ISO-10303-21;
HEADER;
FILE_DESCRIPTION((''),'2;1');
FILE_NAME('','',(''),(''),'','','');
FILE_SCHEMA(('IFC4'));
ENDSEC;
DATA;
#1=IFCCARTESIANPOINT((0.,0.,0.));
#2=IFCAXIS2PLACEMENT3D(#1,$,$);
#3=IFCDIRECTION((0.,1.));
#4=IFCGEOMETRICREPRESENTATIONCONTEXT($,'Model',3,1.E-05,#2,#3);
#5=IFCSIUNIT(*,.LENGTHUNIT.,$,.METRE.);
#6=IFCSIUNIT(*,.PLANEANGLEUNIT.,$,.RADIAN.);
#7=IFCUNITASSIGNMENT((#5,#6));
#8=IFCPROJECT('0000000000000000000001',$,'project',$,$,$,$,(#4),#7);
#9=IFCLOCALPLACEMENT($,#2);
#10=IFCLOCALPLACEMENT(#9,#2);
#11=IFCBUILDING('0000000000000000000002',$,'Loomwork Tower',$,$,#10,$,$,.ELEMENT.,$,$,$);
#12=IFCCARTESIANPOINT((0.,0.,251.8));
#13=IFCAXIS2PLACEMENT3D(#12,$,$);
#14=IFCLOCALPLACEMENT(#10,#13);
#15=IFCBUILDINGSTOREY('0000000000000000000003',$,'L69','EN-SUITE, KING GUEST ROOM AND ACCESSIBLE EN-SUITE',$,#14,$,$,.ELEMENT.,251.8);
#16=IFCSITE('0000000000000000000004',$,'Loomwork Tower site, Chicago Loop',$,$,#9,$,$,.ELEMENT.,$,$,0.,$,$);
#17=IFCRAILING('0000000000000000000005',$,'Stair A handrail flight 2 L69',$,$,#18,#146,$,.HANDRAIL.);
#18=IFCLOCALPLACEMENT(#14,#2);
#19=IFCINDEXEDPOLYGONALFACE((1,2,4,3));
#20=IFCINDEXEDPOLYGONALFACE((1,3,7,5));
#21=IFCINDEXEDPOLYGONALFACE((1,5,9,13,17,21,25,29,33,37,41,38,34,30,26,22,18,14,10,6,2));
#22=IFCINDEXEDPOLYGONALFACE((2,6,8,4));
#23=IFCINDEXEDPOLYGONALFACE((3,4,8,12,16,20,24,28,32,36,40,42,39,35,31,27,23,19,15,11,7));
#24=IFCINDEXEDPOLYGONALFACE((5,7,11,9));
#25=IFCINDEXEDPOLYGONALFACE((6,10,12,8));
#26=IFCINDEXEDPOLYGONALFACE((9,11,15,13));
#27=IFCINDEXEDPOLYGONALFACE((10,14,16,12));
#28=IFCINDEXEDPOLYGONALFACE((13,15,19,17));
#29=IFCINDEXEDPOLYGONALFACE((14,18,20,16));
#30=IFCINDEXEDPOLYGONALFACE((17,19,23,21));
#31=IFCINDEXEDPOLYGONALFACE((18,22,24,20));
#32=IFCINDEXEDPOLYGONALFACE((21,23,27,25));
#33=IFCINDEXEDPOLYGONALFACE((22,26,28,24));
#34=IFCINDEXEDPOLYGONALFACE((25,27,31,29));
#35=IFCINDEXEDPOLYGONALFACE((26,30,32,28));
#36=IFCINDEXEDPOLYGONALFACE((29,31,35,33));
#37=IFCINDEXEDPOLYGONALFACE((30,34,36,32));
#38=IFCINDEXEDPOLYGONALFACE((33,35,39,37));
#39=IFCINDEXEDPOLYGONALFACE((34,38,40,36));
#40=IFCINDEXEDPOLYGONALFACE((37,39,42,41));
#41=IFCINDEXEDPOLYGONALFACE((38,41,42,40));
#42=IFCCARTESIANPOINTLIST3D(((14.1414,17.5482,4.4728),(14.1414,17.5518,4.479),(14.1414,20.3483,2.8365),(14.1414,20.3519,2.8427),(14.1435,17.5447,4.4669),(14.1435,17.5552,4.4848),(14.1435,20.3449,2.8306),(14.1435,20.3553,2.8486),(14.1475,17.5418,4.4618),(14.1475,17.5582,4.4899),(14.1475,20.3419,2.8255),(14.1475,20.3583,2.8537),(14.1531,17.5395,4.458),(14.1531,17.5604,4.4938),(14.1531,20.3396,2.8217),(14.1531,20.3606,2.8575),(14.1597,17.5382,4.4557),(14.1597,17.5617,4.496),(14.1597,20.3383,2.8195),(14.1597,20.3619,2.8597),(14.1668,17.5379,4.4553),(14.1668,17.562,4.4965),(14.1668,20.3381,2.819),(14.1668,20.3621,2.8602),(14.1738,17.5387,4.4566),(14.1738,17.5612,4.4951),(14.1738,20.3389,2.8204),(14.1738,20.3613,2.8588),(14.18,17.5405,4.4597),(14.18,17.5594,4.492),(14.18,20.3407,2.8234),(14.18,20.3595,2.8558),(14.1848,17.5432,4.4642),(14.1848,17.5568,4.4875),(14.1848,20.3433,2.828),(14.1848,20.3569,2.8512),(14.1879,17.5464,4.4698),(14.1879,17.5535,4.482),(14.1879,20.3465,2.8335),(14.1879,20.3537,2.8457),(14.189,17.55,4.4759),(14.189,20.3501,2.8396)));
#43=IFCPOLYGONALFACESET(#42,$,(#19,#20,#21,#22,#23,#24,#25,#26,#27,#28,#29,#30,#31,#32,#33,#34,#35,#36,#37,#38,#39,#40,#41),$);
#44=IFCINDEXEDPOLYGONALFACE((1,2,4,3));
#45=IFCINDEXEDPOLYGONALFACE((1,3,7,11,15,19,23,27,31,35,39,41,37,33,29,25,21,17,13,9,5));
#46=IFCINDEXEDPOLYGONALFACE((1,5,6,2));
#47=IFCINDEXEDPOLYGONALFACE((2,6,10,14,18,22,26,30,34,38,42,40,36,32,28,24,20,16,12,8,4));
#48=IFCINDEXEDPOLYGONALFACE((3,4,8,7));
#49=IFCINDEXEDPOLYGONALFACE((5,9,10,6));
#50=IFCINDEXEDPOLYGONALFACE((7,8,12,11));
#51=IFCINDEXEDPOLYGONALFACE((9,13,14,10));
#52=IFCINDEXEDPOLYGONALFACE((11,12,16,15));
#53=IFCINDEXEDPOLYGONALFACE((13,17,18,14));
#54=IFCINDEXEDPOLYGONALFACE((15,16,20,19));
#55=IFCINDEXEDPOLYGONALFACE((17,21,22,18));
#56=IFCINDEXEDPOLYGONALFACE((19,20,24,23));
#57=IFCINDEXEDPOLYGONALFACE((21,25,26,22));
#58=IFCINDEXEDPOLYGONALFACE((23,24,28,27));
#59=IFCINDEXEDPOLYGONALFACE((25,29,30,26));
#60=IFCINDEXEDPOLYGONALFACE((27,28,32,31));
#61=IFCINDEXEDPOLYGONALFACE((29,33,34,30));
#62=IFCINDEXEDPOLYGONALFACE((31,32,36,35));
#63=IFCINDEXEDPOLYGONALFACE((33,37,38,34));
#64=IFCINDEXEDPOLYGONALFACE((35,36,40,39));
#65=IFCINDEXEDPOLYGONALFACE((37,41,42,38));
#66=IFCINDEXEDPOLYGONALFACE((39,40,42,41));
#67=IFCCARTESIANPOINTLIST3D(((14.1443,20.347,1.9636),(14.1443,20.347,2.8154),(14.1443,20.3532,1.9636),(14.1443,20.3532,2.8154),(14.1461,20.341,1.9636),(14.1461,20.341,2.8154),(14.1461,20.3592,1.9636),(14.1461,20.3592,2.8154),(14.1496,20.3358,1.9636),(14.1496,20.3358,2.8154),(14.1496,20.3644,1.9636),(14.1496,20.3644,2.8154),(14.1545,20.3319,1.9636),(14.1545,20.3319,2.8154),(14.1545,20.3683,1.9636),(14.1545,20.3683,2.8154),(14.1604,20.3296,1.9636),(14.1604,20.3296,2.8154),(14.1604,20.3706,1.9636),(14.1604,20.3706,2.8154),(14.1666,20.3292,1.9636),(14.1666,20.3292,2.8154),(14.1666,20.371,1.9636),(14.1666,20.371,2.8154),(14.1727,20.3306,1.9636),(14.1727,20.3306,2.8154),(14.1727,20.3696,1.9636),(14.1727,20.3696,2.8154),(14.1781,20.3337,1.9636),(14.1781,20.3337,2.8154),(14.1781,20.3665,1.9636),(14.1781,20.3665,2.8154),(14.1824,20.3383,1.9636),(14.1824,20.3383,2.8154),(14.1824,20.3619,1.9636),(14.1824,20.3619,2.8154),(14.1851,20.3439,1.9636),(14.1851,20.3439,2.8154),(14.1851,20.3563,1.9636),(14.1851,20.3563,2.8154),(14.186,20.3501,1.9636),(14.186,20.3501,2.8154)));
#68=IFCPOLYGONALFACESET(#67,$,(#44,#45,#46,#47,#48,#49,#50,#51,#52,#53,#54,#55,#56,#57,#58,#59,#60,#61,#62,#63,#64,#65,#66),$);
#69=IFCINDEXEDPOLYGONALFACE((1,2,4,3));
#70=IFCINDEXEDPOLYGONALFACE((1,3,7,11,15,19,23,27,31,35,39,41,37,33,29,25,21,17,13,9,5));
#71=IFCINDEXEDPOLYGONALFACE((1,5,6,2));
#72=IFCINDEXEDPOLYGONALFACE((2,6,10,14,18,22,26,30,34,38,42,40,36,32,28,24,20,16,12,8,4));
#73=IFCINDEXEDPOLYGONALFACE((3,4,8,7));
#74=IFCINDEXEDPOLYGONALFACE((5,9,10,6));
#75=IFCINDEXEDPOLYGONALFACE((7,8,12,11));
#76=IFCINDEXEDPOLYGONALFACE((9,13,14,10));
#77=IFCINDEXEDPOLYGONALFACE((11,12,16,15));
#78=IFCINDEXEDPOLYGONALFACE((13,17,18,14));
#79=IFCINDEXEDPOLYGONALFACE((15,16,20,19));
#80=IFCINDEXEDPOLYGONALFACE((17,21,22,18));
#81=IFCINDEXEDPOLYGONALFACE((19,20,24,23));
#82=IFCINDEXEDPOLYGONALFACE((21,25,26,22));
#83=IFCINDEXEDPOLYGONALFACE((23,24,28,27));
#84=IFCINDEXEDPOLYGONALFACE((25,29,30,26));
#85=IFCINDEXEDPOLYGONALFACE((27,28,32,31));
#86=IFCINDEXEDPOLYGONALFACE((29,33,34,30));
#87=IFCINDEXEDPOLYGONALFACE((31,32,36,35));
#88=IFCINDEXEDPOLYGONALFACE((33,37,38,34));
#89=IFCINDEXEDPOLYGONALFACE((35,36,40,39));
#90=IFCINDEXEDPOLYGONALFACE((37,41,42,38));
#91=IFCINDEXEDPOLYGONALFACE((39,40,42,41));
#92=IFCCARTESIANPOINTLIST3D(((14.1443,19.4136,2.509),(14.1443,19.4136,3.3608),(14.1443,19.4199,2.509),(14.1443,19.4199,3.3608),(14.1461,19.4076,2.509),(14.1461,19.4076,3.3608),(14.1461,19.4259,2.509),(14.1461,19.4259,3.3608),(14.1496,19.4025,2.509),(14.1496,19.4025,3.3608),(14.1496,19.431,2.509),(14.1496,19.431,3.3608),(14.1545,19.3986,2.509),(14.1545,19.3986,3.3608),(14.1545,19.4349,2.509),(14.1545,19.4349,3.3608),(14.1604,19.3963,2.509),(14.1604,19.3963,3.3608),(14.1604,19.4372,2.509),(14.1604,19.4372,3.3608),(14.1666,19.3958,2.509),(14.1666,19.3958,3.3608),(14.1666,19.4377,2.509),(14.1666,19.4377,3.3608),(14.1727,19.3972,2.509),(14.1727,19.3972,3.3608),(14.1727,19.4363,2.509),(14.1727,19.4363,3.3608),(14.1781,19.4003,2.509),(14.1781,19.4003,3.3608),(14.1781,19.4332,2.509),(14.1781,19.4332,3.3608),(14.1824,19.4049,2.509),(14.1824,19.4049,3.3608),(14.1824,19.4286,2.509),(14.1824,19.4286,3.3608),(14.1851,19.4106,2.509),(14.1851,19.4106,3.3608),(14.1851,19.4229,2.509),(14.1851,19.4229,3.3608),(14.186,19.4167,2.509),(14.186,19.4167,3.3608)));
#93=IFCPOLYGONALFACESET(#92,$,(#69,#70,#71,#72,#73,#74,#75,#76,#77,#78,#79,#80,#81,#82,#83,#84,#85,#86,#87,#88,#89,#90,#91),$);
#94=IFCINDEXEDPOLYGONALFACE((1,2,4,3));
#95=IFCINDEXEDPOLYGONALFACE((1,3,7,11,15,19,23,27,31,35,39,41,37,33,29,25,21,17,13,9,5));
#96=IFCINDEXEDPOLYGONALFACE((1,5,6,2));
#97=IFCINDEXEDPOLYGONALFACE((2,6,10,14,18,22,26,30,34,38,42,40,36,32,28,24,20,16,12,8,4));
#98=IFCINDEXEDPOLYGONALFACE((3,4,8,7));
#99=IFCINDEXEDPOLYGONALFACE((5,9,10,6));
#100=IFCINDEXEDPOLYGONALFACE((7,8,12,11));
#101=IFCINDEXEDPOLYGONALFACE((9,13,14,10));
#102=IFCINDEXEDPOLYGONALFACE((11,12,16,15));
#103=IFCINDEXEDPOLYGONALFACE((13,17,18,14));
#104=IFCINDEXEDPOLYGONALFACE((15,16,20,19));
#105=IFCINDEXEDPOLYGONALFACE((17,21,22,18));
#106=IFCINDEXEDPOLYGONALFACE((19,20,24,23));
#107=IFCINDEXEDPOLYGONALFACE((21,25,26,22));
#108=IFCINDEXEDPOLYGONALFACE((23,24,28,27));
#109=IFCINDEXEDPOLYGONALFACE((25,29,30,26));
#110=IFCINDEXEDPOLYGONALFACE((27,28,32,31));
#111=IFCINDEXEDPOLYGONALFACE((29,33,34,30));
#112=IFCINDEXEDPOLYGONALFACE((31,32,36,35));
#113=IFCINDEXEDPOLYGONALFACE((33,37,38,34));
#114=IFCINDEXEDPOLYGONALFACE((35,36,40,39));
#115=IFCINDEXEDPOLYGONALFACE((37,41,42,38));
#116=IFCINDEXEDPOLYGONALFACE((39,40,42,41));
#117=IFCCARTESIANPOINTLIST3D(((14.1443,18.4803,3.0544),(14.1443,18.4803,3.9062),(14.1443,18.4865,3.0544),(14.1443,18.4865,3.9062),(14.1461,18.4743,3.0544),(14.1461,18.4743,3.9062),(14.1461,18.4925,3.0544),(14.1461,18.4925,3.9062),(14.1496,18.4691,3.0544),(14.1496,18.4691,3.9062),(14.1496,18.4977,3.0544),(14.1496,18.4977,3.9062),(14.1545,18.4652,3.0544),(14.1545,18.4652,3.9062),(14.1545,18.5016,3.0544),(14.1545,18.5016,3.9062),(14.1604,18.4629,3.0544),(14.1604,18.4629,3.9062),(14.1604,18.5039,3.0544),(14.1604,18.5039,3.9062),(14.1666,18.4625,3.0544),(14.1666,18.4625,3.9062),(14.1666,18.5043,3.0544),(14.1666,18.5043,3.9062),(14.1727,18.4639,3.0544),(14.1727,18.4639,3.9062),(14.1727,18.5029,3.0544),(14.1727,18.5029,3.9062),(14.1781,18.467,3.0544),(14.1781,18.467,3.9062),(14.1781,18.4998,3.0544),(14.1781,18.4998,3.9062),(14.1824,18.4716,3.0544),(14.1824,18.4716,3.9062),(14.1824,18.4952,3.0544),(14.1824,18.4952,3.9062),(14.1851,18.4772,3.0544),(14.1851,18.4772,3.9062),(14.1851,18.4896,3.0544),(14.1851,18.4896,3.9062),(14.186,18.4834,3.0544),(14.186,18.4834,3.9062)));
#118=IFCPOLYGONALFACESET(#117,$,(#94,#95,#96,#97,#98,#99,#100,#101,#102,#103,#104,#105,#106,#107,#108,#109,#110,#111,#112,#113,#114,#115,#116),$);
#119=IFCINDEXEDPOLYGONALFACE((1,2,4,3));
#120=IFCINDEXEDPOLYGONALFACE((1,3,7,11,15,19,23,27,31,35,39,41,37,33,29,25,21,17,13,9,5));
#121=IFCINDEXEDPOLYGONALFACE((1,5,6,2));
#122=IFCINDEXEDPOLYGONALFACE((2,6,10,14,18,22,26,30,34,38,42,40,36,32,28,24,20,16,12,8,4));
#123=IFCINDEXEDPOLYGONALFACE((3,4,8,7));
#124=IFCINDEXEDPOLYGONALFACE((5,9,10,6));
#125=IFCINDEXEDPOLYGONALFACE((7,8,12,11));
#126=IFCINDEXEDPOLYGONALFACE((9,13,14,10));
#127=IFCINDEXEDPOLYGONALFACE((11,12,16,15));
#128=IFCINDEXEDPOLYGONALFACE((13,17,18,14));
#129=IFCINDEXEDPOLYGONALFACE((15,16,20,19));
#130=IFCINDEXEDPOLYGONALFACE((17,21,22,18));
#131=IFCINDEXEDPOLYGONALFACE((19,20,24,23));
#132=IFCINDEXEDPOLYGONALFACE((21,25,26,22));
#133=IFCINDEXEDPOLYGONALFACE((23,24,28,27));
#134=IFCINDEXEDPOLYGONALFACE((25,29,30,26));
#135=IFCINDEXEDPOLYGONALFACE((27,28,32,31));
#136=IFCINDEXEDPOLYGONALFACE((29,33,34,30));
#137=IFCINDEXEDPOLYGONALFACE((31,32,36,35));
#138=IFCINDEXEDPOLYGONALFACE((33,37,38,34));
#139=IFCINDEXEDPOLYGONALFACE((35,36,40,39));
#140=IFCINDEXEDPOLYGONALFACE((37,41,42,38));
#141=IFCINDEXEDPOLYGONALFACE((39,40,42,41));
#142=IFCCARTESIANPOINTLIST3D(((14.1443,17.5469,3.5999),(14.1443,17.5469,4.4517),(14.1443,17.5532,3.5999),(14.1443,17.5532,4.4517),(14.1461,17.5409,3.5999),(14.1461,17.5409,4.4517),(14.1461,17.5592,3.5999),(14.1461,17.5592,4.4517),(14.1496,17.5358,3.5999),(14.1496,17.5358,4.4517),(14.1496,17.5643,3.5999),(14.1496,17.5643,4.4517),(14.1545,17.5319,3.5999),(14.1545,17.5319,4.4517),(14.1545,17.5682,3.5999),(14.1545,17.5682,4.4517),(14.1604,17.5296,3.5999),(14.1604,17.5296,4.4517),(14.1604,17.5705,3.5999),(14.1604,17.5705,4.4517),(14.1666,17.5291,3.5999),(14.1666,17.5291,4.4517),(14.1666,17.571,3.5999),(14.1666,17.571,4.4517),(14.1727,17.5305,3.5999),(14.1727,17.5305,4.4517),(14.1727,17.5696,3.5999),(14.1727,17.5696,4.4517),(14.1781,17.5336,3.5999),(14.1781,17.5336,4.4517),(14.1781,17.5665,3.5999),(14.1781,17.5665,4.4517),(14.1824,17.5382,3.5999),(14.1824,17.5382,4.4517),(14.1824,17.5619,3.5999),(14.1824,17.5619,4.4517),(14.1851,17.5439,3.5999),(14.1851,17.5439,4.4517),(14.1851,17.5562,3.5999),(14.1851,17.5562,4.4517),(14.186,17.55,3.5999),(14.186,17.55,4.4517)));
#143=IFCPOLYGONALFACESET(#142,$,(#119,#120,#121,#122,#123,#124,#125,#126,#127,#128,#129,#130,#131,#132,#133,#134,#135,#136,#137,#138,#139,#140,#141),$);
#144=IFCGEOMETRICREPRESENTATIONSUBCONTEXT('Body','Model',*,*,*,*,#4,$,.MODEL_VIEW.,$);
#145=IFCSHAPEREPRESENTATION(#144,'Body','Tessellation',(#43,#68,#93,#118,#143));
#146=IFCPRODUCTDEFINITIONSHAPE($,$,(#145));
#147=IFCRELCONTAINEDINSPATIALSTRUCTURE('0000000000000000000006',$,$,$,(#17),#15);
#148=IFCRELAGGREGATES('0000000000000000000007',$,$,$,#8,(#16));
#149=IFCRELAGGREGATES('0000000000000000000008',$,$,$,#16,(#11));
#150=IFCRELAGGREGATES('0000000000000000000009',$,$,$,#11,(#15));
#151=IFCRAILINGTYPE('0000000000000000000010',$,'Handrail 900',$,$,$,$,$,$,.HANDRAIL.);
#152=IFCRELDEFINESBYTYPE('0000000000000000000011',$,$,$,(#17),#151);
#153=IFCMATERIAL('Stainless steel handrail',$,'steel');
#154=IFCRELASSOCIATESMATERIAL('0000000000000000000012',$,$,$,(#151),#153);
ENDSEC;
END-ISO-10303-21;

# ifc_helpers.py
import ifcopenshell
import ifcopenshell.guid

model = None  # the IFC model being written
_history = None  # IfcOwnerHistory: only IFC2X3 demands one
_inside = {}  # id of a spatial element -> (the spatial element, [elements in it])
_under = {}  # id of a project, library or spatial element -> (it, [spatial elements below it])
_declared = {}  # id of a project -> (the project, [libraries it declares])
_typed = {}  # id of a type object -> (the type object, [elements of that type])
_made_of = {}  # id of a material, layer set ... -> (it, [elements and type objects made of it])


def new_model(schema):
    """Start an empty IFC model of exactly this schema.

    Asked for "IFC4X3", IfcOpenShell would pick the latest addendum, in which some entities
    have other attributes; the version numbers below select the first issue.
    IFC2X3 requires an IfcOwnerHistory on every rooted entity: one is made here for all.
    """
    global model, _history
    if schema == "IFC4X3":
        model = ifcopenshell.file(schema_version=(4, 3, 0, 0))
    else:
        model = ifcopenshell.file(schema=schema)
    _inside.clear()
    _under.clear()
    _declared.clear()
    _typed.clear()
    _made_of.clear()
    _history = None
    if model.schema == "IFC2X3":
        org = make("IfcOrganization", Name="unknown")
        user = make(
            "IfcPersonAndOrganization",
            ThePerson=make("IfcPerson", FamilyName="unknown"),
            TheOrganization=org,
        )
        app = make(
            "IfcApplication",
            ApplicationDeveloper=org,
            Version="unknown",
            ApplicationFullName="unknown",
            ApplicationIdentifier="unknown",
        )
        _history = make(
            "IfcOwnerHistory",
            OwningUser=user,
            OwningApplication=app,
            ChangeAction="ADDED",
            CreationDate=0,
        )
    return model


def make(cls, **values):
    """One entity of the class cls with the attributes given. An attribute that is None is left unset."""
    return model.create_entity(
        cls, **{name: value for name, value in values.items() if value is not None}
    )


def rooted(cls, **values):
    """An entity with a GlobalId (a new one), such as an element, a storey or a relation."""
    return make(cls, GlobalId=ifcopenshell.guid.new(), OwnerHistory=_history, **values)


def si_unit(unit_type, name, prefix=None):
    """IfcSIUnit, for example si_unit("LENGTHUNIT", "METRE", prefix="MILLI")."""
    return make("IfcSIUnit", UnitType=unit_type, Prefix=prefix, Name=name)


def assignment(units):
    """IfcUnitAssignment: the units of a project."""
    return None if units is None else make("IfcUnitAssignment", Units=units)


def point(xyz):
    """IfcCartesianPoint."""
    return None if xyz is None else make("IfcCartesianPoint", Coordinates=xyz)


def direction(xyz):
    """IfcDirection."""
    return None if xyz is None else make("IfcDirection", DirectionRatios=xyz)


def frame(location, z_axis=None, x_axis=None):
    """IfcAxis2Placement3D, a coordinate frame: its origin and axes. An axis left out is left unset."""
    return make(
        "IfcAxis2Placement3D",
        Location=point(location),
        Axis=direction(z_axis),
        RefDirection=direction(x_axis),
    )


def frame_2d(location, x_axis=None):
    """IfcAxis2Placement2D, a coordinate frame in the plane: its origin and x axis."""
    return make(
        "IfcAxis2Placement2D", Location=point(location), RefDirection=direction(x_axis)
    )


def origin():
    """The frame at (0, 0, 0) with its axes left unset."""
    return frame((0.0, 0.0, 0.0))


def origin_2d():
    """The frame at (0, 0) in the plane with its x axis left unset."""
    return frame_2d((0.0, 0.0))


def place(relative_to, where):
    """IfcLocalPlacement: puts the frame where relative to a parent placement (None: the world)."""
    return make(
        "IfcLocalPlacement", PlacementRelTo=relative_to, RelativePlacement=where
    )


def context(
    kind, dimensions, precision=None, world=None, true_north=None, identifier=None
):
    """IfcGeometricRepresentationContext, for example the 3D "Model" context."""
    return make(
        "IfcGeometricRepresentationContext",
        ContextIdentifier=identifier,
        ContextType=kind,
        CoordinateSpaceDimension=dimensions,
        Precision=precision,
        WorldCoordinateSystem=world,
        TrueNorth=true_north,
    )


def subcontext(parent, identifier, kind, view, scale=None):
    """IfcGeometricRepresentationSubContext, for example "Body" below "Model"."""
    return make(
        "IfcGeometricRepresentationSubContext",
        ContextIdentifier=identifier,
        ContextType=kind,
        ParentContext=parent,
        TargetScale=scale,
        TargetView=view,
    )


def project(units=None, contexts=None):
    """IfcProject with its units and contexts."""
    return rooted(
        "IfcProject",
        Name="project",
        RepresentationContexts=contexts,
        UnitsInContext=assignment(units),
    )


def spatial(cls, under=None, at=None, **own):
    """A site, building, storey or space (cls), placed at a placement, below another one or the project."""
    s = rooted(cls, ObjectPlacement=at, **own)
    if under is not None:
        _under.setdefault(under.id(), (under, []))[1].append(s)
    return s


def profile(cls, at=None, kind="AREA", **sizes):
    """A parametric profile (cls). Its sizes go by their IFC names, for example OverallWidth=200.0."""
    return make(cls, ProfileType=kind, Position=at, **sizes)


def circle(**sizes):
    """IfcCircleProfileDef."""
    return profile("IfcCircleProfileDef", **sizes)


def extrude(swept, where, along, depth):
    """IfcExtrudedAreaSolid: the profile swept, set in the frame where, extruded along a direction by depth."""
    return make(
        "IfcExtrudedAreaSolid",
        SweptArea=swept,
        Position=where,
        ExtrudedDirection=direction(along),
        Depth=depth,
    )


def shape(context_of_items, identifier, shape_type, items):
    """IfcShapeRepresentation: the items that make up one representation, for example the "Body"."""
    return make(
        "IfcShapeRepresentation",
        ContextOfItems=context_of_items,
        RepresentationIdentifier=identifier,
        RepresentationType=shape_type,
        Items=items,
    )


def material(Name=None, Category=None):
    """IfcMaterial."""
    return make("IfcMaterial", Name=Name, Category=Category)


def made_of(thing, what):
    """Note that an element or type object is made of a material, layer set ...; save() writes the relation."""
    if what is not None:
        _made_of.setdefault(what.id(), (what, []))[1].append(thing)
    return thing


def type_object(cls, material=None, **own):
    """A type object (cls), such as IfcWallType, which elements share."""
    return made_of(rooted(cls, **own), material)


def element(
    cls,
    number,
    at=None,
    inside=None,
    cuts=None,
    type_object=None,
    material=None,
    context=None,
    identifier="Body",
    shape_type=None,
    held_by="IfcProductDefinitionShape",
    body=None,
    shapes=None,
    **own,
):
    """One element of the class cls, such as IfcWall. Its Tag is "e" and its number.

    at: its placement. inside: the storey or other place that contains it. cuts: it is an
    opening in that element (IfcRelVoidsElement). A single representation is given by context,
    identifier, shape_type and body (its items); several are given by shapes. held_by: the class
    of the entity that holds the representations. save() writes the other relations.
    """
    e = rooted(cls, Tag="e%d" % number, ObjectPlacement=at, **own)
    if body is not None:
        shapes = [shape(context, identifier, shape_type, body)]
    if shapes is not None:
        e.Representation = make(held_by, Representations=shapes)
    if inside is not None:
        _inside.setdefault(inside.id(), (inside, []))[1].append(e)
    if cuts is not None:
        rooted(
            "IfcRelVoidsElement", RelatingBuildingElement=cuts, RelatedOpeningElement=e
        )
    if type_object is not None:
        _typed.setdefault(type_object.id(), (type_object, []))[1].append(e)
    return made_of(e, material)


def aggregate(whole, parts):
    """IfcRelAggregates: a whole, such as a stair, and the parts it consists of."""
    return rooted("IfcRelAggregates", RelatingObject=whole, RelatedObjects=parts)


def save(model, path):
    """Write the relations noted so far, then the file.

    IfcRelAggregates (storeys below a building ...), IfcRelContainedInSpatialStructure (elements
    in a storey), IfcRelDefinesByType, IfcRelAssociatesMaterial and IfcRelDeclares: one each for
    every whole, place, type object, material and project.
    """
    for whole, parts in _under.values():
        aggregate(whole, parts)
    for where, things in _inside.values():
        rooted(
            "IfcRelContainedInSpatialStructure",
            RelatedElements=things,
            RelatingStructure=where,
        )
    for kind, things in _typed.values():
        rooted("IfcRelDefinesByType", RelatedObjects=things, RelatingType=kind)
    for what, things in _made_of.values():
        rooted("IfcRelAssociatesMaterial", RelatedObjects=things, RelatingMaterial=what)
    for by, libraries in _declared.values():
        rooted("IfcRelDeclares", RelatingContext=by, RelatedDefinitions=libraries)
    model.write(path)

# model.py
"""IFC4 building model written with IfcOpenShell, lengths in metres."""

from ifc_helpers import new_model, si_unit, direction, frame, origin, origin_2d, place, context, subcontext, project, spatial, circle, extrude, material, type_object, element, save


model = new_model("IFC4")

# Units and contexts
model_context = context("Model", 3, precision=1e-05, world=origin(), true_north=direction((0.0, 1.0)))
body_context = subcontext(model_context, "Body", "Model", "MODEL_VIEW")
ifc_project = project(units=[si_unit("LENGTHUNIT", "METRE"), si_unit("PLANEANGLEUNIT", "RADIAN")], contexts=[model_context])

# Site, building, storey
site_placement = place(None, origin())
site = spatial("IfcSite", under=ifc_project, at=site_placement, Name="Loomwork Tower site, Chicago Loop", CompositionType="ELEMENT", RefElevation=0.0)
building_placement = place(site_placement, origin())
building = spatial("IfcBuilding", under=site, at=building_placement, Name="Loomwork Tower", CompositionType="ELEMENT")
storey_placement = place(building_placement, frame((0.0, 0.0, 251.8)))
storey = spatial("IfcBuildingStorey", under=building, at=storey_placement, Name="L69", Description="EN-SUITE, KING GUEST ROOM AND ACCESSIBLE EN-SUITE", CompositionType="ELEMENT", Elevation=251.8)

# Railing
ifc_material_1 = material(Name="Stainless steel handrail", Category="steel")
railing_type = type_object("IfcRailingType", Name="Handrail 900", PredefinedType="HANDRAIL", material=ifc_material_1)
railing_placement = place(storey_placement, frame((14.165, 20.3501, 1.9636)))
element("IfcRailing", 1, at=railing_placement, inside=storey, type_object=railing_type, Name="Stair A handrail flight 2 L69", PredefinedType="HANDRAIL", context=body_context, shape_type="SweptSolid", body=[
    extrude(circle(Radius=0.0239, at=origin_2d()), frame((0.0, 0.0, 0.876), z_axis=(0.0, -0.863394, 0.504531), x_axis=(1.0, 0.0, 0.0)), (0.0, 0.0, 1.0), 3.2432),
    extrude(circle(Radius=0.021, at=origin_2d()), origin(), (0.0, 0.0, 1.0), 0.8518),
    extrude(circle(Radius=0.021, at=origin_2d()), frame((0.0, -0.9333, 0.5454)), (0.0, 0.0, 1.0), 0.8518),
    extrude(circle(Radius=0.021, at=origin_2d()), frame((0.0, -1.8667, 1.0908)), (0.0, 0.0, 1.0), 0.8518),
    extrude(circle(Radius=0.021, at=origin_2d()), frame((0.0, -2.8, 1.6362)), (0.0, 0.0, 1.0), 0.8518),
])

save(model, "model.ifc")
